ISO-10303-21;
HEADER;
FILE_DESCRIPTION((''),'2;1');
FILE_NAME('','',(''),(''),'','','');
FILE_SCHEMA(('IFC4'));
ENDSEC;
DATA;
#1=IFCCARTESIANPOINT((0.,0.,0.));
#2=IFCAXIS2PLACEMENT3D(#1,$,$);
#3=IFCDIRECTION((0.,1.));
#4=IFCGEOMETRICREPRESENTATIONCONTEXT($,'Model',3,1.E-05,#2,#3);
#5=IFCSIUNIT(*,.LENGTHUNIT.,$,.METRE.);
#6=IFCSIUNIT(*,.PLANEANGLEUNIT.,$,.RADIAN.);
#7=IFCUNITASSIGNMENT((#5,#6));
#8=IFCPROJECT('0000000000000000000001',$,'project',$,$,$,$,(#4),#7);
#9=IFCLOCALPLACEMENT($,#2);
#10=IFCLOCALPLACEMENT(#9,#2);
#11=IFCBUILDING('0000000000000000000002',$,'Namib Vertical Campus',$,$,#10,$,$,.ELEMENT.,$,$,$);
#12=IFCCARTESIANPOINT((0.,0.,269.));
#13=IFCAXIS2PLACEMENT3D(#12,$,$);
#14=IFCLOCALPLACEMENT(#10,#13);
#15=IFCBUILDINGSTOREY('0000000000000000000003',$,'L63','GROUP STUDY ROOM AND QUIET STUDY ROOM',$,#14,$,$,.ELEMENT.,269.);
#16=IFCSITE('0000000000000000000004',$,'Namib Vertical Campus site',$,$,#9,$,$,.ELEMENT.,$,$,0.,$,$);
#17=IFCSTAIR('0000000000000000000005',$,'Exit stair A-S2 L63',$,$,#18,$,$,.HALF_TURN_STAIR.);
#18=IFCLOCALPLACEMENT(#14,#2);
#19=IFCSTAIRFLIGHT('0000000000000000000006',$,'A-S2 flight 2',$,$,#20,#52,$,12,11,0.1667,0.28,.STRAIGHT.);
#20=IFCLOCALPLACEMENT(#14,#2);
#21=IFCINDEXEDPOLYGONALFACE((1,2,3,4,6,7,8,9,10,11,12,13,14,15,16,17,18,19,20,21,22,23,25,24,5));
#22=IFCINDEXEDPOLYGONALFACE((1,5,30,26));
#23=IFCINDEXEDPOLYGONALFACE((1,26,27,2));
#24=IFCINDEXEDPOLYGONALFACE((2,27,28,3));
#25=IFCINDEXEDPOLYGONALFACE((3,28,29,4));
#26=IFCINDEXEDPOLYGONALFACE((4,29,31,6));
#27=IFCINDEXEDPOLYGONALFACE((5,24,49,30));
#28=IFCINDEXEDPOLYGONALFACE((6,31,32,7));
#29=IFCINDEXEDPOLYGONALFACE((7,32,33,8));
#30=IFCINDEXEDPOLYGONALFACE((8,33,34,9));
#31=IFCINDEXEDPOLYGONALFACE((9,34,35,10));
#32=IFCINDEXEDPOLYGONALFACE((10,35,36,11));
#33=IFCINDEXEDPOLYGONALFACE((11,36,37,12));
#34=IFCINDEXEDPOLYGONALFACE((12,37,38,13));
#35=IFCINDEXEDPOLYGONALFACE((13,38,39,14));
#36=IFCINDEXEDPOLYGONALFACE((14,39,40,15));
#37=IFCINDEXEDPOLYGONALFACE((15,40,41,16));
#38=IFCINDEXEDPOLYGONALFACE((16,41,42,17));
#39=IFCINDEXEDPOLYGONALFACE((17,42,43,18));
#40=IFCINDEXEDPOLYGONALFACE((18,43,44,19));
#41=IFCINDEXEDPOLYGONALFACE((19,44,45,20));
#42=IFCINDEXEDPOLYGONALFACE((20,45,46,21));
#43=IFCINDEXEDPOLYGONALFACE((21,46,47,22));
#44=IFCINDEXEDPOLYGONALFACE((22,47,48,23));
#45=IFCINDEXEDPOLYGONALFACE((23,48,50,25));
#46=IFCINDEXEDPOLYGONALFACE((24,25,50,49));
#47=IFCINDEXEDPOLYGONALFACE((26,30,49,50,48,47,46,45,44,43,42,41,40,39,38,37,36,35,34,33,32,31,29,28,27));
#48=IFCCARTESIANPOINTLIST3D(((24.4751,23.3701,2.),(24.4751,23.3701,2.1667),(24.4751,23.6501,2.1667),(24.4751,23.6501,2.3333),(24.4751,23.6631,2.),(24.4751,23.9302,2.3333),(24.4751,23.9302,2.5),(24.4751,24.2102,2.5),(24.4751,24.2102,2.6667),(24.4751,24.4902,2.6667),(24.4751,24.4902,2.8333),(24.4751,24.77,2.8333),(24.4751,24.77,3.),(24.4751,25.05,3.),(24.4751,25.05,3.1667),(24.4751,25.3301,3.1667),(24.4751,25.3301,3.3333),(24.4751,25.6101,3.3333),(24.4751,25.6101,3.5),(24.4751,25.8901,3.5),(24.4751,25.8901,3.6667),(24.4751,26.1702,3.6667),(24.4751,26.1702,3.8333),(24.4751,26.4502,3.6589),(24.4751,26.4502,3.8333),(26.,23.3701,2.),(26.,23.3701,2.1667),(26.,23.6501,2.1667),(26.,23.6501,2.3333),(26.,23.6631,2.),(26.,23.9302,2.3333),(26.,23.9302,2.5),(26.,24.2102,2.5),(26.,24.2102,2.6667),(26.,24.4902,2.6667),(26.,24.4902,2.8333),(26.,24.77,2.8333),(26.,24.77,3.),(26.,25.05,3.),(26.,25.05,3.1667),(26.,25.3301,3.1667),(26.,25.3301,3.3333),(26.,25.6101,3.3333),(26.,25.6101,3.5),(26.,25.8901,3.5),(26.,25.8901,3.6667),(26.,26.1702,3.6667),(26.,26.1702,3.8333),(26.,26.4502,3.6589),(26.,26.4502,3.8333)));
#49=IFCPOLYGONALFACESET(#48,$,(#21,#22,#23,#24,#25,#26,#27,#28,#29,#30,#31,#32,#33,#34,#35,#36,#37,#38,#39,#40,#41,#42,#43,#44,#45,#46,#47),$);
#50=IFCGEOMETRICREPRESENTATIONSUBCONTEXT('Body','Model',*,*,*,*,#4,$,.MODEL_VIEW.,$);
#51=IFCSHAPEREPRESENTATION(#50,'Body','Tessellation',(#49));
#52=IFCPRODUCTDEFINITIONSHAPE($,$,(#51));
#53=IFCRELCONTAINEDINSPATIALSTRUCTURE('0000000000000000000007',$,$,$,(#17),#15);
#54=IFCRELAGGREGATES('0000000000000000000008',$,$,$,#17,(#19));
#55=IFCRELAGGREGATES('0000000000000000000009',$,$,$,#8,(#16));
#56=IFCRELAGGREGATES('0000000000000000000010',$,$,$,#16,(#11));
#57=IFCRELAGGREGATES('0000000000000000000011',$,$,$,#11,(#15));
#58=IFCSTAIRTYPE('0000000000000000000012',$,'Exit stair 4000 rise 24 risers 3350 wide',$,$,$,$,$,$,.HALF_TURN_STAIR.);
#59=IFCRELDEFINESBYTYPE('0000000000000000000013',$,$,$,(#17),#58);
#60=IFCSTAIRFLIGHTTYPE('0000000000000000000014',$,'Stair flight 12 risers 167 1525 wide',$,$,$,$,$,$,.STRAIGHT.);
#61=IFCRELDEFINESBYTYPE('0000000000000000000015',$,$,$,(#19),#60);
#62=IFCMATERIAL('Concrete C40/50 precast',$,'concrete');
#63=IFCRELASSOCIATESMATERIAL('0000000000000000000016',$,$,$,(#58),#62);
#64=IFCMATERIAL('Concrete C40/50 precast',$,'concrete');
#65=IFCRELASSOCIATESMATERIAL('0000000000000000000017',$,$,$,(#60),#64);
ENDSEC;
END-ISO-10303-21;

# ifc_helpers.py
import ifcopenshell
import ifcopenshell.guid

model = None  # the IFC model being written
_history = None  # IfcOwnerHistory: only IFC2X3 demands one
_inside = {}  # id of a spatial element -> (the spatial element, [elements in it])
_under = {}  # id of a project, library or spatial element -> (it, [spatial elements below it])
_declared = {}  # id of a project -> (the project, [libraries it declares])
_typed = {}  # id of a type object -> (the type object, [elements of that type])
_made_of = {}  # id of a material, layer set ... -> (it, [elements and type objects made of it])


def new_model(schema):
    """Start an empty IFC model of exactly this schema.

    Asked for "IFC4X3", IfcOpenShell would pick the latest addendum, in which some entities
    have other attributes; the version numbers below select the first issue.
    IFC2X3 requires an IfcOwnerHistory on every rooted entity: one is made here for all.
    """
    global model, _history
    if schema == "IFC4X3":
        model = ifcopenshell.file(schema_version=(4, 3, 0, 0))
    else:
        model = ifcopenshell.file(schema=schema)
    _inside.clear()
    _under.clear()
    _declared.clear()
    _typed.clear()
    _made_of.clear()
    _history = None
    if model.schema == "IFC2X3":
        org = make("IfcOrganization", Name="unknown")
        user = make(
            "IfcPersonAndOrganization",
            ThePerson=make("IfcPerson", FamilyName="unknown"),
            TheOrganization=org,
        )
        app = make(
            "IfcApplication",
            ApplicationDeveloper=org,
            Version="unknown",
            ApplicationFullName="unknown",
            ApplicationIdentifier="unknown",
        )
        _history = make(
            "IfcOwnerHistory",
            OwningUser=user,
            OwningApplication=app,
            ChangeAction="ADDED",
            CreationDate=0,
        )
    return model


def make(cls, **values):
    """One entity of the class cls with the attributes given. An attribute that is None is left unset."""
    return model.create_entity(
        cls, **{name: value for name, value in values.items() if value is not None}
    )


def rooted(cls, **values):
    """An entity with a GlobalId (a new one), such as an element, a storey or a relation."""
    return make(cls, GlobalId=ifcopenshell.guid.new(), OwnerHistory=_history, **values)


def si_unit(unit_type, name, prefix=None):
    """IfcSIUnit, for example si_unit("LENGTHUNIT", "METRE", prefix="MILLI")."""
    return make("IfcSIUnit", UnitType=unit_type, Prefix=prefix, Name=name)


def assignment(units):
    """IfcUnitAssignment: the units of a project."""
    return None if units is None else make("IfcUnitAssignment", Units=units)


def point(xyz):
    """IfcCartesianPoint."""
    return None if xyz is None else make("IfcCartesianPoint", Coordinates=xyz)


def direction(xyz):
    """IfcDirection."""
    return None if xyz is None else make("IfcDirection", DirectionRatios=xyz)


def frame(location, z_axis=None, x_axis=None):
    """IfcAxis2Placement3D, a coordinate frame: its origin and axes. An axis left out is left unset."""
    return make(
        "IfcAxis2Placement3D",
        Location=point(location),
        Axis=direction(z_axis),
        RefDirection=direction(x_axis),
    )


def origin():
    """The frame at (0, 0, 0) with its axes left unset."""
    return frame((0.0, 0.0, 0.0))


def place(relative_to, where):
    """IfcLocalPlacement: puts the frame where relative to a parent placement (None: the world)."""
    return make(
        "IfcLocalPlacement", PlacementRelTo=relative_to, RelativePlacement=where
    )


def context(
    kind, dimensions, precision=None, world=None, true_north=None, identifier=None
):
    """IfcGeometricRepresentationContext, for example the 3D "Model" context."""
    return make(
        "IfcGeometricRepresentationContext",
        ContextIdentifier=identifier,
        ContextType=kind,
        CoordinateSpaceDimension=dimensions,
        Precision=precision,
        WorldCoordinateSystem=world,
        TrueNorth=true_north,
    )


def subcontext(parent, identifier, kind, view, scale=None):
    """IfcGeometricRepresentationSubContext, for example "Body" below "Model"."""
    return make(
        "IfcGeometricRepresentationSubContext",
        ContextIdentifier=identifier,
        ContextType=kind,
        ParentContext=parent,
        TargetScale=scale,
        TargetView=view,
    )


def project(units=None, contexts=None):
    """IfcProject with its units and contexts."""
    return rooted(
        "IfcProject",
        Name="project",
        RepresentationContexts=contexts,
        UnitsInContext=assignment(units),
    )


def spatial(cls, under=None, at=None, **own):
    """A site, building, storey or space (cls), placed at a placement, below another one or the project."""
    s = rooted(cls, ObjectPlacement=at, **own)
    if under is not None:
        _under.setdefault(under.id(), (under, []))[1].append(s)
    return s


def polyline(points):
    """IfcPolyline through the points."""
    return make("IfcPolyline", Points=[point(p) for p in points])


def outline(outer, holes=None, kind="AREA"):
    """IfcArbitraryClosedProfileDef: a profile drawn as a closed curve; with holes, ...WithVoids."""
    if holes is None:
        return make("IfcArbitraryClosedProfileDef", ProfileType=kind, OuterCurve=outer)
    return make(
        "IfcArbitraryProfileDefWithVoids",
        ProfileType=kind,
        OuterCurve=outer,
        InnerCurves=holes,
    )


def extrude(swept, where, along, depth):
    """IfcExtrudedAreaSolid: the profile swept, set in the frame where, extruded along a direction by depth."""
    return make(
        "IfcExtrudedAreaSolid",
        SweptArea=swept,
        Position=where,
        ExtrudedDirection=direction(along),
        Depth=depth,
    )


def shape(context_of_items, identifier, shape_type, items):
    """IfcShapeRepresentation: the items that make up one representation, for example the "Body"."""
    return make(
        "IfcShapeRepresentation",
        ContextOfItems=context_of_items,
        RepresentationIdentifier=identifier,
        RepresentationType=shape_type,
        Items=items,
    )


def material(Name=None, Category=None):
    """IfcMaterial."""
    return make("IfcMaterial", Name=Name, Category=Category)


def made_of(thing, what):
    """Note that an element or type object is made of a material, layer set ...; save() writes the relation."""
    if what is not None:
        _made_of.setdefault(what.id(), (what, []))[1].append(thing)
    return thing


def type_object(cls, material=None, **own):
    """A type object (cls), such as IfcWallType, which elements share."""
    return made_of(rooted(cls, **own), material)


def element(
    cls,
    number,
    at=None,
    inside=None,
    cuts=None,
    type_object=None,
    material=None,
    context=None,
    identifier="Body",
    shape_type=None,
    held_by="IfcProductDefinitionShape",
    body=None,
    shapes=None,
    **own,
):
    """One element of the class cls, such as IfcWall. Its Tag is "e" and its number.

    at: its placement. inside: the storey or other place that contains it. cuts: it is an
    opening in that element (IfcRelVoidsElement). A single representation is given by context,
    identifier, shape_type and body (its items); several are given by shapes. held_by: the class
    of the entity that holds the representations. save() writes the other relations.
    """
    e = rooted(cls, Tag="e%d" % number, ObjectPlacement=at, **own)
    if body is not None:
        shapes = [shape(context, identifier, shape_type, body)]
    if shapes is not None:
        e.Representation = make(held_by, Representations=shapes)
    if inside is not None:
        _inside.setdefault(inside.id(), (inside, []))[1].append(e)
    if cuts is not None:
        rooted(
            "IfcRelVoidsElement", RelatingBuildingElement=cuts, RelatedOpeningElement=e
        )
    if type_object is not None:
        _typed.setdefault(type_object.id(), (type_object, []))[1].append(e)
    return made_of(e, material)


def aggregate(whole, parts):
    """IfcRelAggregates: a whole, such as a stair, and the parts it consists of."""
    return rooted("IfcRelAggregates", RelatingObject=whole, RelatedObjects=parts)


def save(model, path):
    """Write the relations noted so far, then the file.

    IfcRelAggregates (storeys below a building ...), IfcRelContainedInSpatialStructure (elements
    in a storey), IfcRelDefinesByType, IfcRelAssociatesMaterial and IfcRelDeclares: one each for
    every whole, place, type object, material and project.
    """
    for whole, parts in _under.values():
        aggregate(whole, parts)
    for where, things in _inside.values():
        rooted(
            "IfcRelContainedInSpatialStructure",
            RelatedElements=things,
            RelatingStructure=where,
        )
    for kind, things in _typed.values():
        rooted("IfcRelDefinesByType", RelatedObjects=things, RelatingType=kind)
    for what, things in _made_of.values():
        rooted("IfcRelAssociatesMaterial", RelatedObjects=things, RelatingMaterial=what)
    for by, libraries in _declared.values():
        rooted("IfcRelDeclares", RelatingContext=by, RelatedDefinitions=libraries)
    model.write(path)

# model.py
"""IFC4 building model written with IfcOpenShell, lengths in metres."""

from ifc_helpers import new_model, si_unit, direction, frame, origin, place, context, subcontext, project, spatial, polyline, outline, extrude, material, type_object, element, aggregate, save


model = new_model("IFC4")

# Units and contexts
model_context = context("Model", 3, precision=1e-05, world=origin(), true_north=direction((0.0, 1.0)))
body_context = subcontext(model_context, "Body", "Model", "MODEL_VIEW")
ifc_project = project(units=[si_unit("LENGTHUNIT", "METRE"), si_unit("PLANEANGLEUNIT", "RADIAN")], contexts=[model_context])

# Site, building, storey
site_placement = place(None, origin())
site = spatial("IfcSite", under=ifc_project, at=site_placement, Name="Namib Vertical Campus site", CompositionType="ELEMENT", RefElevation=0.0)
building_placement = place(site_placement, origin())
building = spatial("IfcBuilding", under=site, at=building_placement, Name="Namib Vertical Campus", CompositionType="ELEMENT")
storey_placement = place(building_placement, frame((0.0, 0.0, 269.0)))
storey = spatial("IfcBuildingStorey", under=building, at=storey_placement, Name="L63", Description="GROUP STUDY ROOM AND QUIET STUDY ROOM", CompositionType="ELEMENT", Elevation=269.0)

# Stair, stair flight
ifc_material_1 = material(Name="Concrete C40/50 precast", Category="concrete")
stair_type = type_object("IfcStairType", Name="Exit stair 4000 rise 24 risers 3350 wide", PredefinedType="HALF_TURN_STAIR", material=ifc_material_1)
stair_placement = place(storey_placement, origin())
stair = element("IfcStair", 1, at=stair_placement, inside=storey, type_object=stair_type, Name="Exit stair A-S2 L63", PredefinedType="HALF_TURN_STAIR")
ifc_material_2 = material(Name="Concrete C40/50 precast", Category="concrete")
stair_flight_type = type_object("IfcStairFlightType", Name="Stair flight 12 risers 167 1525 wide", PredefinedType="STRAIGHT", material=ifc_material_2)
stair_flight_1_placement = place(storey_placement, frame((25.2375, 23.3701, 2.0), z_axis=(0.0, 0.0, 1.0), x_axis=(0.0, 1.0, 0.0)))
stair_flight_1 = element("IfcStairFlight", 2, at=stair_flight_1_placement, type_object=stair_flight_type, Name="A-S2 flight 2", NumberOfRisers=12, NumberOfTreads=11, PredefinedType="STRAIGHT", RiserHeight=0.1667, TreadLength=0.28, context=body_context, shape_type="SweptSolid", body=[
    extrude(outline(polyline([(0.0, 0.0), (0.0, 0.1667), (0.28, 0.1667), (0.28, 0.3333), (0.5601, 0.3333), (0.5601, 0.5), (0.8401, 0.5), (0.8401, 0.6667), (1.1201, 0.6667), (1.1201, 0.8333), (1.3999, 0.8333), (1.3999, 1.0), (1.6799, 1.0), (1.6799, 1.1667), (1.96, 1.1667), (1.96, 1.3333), (2.24, 1.3333), (2.24, 1.5), (2.52, 1.5), (2.52, 1.6667), (2.8, 1.6667), (2.8, 1.8333), (3.0801, 1.8333), (3.0801, 2.0), (3.0801, 1.6589), (0.293, 0.0), (0.0, 0.0)])), frame((0.0, 0.7625, 0.0), z_axis=(0.0, -1.0, 0.0), x_axis=(1.0, 0.0, 0.0)), (0.0, 0.0, 1.0), 1.5249),
])
aggregate(stair, [stair_flight_1])

save(model, "model.ifc")
